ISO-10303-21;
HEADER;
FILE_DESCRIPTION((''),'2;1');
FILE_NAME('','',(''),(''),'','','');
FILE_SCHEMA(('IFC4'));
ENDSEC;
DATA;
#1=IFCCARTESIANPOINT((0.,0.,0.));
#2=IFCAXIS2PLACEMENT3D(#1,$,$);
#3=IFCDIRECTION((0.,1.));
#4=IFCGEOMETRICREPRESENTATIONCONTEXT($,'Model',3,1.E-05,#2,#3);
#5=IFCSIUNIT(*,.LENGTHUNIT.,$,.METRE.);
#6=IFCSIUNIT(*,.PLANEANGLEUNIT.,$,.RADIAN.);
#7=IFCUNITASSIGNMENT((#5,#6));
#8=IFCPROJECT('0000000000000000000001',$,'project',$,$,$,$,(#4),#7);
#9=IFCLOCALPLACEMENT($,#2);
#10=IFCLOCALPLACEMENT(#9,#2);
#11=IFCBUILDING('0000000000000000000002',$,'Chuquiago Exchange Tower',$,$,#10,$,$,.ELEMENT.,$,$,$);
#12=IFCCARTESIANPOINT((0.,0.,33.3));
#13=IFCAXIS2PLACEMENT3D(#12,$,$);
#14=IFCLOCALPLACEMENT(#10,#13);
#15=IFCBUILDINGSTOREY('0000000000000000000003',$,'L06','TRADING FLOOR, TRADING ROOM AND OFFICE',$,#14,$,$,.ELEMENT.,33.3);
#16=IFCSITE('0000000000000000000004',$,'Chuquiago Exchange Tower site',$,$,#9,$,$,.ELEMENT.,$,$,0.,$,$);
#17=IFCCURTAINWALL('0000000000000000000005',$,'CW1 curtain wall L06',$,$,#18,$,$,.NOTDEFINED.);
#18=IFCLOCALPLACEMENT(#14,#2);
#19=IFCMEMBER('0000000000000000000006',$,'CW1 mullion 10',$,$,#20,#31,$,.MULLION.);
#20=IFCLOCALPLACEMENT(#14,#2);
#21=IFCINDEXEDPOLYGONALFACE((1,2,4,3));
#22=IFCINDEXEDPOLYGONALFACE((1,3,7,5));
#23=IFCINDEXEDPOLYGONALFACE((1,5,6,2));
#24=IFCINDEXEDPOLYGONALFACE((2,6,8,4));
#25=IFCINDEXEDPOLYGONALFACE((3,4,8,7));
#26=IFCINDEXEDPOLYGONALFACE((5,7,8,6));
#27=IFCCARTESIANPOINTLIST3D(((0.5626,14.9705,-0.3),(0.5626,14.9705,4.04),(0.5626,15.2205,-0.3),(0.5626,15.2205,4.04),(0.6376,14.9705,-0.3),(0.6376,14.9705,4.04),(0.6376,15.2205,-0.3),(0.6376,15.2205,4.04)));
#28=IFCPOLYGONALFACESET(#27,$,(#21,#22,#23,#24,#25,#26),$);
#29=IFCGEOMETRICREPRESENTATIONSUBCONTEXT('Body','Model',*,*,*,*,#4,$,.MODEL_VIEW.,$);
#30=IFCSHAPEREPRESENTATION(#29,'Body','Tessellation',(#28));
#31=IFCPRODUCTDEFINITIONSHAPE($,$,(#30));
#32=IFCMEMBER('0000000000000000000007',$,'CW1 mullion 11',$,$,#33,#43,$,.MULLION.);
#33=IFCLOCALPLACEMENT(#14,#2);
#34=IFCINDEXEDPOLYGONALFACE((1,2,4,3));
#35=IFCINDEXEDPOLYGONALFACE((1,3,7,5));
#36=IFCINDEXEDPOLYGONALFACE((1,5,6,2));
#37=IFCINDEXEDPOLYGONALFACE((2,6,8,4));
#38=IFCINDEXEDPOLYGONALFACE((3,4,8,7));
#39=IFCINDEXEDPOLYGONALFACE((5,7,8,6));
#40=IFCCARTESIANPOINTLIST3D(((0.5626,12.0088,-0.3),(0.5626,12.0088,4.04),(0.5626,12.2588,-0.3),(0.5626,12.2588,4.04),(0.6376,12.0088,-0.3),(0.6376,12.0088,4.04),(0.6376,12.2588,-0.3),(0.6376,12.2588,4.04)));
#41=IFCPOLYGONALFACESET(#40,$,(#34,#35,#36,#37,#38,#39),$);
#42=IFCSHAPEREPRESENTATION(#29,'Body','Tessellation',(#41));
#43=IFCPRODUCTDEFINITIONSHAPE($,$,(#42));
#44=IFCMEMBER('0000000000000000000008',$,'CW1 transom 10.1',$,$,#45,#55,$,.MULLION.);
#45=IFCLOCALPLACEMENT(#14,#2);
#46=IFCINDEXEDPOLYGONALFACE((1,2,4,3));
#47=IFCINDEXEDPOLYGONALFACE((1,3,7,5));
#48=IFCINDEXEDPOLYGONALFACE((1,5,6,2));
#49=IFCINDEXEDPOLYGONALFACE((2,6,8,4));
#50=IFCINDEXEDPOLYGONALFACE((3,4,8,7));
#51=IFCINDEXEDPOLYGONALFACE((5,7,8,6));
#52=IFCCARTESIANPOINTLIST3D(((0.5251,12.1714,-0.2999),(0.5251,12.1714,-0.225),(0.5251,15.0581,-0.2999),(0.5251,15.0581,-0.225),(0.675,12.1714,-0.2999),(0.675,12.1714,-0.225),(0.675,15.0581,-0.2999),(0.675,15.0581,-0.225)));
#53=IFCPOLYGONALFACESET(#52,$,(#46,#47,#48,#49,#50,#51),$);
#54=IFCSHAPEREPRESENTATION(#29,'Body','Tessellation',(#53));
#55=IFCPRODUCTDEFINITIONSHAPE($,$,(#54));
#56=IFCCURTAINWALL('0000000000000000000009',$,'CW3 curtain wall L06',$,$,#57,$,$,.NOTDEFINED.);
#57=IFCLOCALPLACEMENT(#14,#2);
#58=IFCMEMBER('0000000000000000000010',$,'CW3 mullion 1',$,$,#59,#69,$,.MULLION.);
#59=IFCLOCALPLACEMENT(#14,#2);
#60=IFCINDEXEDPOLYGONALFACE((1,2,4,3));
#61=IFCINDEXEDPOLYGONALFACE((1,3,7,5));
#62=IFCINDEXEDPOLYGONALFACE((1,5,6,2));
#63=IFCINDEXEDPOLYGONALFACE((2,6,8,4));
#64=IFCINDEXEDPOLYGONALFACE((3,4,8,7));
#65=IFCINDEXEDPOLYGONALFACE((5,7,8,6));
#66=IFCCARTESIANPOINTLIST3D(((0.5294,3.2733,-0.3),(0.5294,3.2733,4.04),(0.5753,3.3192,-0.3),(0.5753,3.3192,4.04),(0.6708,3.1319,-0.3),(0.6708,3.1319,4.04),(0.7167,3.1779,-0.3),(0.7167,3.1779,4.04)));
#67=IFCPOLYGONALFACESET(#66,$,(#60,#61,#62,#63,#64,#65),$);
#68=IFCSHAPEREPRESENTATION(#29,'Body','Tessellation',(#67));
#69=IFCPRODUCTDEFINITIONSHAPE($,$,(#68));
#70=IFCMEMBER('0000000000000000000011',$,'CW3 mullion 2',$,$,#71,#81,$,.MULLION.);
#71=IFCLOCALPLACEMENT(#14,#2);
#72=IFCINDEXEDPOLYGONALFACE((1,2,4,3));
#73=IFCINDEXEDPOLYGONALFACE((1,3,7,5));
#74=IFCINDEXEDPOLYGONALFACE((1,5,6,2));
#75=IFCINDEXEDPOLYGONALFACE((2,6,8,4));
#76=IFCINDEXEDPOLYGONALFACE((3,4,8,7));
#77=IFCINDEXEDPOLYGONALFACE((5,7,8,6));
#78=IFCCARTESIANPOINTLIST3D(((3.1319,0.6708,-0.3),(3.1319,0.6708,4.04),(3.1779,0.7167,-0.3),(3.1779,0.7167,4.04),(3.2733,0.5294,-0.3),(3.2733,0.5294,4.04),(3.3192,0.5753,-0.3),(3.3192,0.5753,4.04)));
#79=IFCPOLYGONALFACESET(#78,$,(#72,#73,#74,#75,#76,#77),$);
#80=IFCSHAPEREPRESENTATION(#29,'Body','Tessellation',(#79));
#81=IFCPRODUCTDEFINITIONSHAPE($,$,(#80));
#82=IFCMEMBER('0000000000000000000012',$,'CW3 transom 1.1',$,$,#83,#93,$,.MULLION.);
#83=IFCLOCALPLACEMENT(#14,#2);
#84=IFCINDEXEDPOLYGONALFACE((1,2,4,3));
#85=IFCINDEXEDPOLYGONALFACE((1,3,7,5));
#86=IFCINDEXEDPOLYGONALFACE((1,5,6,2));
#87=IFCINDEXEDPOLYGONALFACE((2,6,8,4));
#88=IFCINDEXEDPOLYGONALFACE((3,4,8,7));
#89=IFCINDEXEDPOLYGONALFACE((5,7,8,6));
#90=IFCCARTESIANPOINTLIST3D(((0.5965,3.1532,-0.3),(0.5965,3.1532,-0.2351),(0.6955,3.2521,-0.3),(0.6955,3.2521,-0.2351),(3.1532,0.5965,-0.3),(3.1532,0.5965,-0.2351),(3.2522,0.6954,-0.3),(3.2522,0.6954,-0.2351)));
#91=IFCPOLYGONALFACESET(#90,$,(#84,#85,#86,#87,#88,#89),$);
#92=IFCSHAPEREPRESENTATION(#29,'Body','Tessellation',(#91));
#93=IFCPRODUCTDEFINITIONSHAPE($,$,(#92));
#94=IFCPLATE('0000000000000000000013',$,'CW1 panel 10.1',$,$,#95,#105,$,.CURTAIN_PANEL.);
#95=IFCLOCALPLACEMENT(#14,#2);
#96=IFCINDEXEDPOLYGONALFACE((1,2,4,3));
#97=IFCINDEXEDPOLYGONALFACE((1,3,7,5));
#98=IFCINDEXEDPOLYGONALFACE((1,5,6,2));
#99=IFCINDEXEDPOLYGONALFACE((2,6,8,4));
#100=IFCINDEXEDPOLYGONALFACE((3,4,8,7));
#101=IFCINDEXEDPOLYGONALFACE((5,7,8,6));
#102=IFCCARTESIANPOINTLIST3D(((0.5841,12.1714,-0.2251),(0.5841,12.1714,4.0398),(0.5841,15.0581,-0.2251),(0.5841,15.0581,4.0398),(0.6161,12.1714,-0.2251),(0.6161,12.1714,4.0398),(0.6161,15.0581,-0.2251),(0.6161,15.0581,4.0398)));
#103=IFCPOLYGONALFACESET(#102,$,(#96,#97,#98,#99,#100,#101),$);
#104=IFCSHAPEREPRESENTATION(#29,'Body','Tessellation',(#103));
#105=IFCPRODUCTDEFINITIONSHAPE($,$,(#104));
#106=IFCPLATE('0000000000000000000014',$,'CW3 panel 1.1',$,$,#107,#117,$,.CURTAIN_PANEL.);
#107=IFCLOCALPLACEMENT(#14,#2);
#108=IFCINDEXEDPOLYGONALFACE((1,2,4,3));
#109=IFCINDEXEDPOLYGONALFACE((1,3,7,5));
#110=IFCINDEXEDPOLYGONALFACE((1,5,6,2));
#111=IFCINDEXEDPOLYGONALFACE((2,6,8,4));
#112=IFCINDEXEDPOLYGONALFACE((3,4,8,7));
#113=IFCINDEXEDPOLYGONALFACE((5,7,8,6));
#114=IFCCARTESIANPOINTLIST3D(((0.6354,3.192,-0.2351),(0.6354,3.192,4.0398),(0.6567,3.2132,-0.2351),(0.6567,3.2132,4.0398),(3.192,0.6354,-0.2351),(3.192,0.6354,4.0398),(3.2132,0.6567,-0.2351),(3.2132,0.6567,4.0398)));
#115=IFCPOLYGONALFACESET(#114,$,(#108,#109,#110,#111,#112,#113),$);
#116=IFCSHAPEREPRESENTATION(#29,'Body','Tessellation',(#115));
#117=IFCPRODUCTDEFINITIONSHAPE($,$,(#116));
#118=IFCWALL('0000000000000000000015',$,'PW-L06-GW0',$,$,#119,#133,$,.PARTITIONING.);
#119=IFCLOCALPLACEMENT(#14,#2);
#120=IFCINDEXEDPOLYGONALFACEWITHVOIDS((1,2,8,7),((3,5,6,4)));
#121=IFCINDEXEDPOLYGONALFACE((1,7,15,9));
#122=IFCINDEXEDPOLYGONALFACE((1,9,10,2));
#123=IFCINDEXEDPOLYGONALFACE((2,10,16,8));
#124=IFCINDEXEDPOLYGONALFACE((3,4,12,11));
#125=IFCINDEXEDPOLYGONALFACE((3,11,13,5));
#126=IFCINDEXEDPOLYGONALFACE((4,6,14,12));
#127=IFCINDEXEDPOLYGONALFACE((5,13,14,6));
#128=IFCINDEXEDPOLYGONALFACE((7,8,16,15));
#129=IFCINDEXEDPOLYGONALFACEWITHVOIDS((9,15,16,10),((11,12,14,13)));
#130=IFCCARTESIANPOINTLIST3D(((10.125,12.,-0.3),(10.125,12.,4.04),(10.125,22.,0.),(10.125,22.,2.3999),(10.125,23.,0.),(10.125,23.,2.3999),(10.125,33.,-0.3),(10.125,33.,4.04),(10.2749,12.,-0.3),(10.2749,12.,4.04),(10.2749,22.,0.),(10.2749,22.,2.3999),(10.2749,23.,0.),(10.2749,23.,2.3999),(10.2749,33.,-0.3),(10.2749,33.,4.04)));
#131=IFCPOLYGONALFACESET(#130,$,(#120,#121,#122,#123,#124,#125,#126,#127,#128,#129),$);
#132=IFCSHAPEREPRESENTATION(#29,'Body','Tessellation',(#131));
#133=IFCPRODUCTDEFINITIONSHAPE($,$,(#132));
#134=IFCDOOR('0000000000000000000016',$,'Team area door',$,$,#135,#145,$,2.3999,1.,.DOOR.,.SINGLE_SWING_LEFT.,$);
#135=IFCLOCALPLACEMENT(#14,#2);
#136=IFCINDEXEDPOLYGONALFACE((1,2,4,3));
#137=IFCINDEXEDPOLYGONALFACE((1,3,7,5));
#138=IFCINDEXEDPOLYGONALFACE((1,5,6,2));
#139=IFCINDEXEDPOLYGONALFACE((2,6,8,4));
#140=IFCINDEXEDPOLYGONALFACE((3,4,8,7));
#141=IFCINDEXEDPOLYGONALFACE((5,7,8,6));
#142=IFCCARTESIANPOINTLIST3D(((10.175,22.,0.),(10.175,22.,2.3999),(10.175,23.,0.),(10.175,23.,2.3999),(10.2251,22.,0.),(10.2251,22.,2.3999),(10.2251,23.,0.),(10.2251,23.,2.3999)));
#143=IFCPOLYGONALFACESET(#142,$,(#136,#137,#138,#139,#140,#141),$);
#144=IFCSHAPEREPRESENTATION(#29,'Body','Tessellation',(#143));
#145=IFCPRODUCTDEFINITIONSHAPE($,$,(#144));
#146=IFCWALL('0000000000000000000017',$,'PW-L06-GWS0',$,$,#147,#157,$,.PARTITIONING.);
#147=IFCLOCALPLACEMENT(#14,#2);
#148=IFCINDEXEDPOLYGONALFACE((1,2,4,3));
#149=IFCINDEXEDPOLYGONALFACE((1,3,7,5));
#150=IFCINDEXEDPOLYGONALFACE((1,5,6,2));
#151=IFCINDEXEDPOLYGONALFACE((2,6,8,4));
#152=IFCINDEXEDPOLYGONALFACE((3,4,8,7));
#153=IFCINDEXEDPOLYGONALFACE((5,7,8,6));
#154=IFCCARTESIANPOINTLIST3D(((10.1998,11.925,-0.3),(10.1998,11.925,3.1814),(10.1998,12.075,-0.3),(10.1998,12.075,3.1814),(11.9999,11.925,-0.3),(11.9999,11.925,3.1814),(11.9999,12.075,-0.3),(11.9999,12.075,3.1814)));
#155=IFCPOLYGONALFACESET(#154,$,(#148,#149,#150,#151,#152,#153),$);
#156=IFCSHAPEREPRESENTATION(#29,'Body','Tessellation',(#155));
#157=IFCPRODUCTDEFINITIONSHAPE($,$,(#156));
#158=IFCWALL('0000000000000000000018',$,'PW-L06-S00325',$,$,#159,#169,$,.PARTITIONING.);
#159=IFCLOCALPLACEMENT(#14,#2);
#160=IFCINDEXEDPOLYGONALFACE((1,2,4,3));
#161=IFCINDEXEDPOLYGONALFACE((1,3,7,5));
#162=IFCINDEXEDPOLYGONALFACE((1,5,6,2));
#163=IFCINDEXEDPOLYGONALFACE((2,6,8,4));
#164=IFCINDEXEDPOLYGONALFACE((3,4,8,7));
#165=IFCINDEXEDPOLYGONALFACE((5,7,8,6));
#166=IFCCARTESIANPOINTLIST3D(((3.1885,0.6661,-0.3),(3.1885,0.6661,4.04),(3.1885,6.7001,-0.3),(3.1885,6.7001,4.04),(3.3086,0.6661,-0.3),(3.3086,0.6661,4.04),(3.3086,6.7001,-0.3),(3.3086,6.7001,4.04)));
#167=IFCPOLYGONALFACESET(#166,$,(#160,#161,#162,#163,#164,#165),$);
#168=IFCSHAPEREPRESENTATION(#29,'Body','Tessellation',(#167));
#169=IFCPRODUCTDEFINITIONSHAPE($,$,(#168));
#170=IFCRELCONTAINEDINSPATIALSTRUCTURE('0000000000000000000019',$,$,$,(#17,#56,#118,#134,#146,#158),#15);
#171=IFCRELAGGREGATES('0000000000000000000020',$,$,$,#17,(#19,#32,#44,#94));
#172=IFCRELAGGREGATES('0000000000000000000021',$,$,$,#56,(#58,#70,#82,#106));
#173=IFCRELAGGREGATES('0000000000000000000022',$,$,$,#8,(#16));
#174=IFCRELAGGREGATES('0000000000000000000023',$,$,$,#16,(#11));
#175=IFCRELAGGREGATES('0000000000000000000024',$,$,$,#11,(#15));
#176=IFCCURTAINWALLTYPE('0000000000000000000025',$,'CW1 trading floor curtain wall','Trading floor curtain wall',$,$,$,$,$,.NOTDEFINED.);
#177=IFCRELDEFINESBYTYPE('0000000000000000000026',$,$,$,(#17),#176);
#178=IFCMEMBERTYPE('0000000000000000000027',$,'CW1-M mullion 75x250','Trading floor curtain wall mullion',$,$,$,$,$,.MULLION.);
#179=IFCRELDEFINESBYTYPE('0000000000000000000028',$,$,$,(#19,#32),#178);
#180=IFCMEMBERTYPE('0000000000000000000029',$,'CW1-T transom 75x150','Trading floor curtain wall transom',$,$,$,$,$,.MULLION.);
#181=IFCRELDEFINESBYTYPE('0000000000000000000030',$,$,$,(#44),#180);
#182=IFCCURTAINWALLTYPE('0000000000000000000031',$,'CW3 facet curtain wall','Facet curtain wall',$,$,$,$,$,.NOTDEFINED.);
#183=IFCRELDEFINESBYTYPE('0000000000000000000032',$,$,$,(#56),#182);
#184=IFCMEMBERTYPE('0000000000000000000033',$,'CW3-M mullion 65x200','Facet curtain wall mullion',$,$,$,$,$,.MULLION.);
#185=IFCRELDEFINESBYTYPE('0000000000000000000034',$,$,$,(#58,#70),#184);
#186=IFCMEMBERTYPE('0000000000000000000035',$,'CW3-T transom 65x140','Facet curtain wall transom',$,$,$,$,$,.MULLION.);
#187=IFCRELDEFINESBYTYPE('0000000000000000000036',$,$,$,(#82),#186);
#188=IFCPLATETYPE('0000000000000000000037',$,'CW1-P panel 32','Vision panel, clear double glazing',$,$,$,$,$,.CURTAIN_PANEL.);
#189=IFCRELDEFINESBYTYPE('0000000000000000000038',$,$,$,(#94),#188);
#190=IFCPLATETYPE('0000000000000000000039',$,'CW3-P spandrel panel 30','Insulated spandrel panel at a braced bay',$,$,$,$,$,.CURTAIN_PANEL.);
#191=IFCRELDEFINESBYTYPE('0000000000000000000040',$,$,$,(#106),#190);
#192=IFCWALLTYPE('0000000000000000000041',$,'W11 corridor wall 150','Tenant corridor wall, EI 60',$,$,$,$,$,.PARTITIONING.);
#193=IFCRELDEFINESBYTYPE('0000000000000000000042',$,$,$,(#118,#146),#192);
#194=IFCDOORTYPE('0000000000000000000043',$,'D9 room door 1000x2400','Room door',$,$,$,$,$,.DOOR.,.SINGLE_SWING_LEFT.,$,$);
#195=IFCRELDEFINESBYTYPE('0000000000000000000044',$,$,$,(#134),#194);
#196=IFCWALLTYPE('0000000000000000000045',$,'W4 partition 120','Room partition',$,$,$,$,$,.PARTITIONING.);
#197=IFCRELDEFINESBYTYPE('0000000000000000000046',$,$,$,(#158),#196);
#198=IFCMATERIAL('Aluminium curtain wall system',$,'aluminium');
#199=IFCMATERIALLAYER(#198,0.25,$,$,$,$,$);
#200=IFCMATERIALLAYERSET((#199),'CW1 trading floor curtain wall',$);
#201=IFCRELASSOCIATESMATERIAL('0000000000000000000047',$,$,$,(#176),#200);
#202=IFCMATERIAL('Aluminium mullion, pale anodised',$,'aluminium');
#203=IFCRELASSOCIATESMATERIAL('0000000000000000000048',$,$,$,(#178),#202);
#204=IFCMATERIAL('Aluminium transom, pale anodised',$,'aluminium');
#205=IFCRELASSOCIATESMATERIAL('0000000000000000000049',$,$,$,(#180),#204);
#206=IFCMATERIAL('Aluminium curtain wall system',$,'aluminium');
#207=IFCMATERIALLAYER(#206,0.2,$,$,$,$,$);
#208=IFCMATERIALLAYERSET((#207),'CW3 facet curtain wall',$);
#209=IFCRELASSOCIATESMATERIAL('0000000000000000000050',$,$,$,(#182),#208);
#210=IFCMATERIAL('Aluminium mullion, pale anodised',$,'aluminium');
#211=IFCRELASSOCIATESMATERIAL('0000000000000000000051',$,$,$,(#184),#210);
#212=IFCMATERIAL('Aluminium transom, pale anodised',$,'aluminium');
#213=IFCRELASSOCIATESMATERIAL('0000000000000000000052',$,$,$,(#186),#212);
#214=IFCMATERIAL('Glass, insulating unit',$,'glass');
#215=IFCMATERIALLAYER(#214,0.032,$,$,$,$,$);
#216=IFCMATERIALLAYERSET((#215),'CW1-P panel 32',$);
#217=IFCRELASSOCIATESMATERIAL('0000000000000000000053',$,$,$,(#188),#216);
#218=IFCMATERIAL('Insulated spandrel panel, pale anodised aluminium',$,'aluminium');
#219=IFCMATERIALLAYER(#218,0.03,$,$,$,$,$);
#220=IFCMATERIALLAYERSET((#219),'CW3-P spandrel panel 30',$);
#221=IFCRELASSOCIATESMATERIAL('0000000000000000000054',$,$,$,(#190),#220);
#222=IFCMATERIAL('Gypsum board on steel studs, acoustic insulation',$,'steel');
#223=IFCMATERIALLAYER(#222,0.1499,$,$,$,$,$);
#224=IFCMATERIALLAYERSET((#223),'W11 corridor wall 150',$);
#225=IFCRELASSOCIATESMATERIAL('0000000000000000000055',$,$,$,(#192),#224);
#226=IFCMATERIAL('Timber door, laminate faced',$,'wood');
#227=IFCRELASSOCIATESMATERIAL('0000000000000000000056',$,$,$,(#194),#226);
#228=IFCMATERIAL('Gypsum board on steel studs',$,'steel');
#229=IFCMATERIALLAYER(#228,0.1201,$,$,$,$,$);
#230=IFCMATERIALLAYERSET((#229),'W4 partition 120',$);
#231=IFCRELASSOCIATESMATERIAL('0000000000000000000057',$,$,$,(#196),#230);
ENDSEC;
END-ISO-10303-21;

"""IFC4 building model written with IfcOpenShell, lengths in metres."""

from ifc_helpers import new_model, si_unit, direction, frame, frame_2d, origin, origin_2d, place, context, subcontext, project, spatial, rectangle, extrude, material, layer, layer_set, material_profile, profile_set, type_object, element, fill, aggregate, save


model = new_model("IFC4")

# Units and contexts
model_context = context("Model", 3, precision=1e-05, world=origin(), true_north=direction((0.0, 1.0)))
body_context = subcontext(model_context, "Body", "Model", "MODEL_VIEW")
ifc_project = project(units=[si_unit("LENGTHUNIT", "METRE"), si_unit("PLANEANGLEUNIT", "RADIAN")], contexts=[model_context])

# Site, building, storey
site_placement = place(None, origin())
site = spatial("IfcSite", under=ifc_project, at=site_placement, Name="Chuquiago Exchange Tower site", CompositionType="ELEMENT", RefElevation=0.0)
building_placement = place(site_placement, origin())
building = spatial("IfcBuilding", under=site, at=building_placement, Name="Chuquiago Exchange Tower", CompositionType="ELEMENT")
storey_placement = place(building_placement, frame((0.0, 0.0, 33.3)))
storey = spatial("IfcBuildingStorey", under=building, at=storey_placement, Name="L06", Description="TRADING FLOOR, TRADING ROOM AND OFFICE", CompositionType="ELEMENT", Elevation=33.3)

# Curtain walls, members
ifc_material_1 = material(Name="Aluminium curtain wall system", Category="aluminium")
ifc_layer_1 = layer(ifc_material_1, 0.25)
ifc_layer_set_1 = layer_set([ifc_layer_1], Name="CW1 trading floor curtain wall")
curtain_wall_type_1 = type_object("IfcCurtainWallType", Name="CW1 trading floor curtain wall", Description="Trading floor curtain wall", PredefinedType="NOTDEFINED", material=ifc_layer_set_1)
curtain_wall_1_placement = place(storey_placement, origin())
curtain_wall_1 = element("IfcCurtainWall", 1, at=curtain_wall_1_placement, inside=storey, type_object=curtain_wall_type_1, Name="CW1 curtain wall L06", PredefinedType="NOTDEFINED")
ifc_material_2 = material(Name="Aluminium mullion, pale anodised", Category="aluminium")
ifc_material_profile_1 = material_profile(ifc_material_2, rectangle(XDim=0.075, YDim=0.25, at=origin_2d()), Name="AL 75x250")
ifc_profile_set_1 = profile_set([ifc_material_profile_1], Name="Aluminium mullion, pale anodised")
member_type_1 = type_object("IfcMemberType", Name="CW1-M mullion 75x250", Description="Trading floor curtain wall mullion", PredefinedType="MULLION", material=ifc_profile_set_1)
member_1_placement = place(storey_placement, frame((0.6001, 15.0955, -0.3), z_axis=(0.0, 0.0, 1.0), x_axis=(1.0, 0.0, 0.0)))
member_1 = element("IfcMember", 2, at=member_1_placement, type_object=member_type_1, Name="CW1 mullion 10", PredefinedType="MULLION", context=body_context, shape_type="SweptSolid", body=[
    extrude(rectangle(XDim=0.075, YDim=0.25, at=origin_2d()), origin(), (0.0, 0.0, 1.0), 4.3401),
])
member_2_placement = place(storey_placement, frame((0.6001, 12.1338, -0.3), z_axis=(0.0, 0.0, 1.0), x_axis=(1.0, 0.0, 0.0)))
member_2 = element("IfcMember", 3, at=member_2_placement, type_object=member_type_1, Name="CW1 mullion 11", PredefinedType="MULLION", context=body_context, shape_type="SweptSolid", body=[
    extrude(rectangle(XDim=0.075, YDim=0.25, at=origin_2d()), origin(), (0.0, 0.0, 1.0), 4.3401),
])
ifc_material_3 = material(Name="Aluminium transom, pale anodised", Category="aluminium")
ifc_material_profile_2 = material_profile(ifc_material_3, rectangle(XDim=0.1499, YDim=0.075, at=origin_2d()), Name="AL 150x75")
ifc_profile_set_2 = profile_set([ifc_material_profile_2], Name="Aluminium transom, pale anodised")
member_type_2 = type_object("IfcMemberType", Name="CW1-T transom 75x150", Description="Trading floor curtain wall transom", PredefinedType="MULLION", material=ifc_profile_set_2)
member_3_placement = place(storey_placement, frame((0.6001, 15.0581, -0.2625), z_axis=(0.0, -1.0, 0.0), x_axis=(1.0, 0.0, 0.0)))
member_3 = element("IfcMember", 4, at=member_3_placement, type_object=member_type_2, Name="CW1 transom 10.1", PredefinedType="MULLION", context=body_context, shape_type="SweptSolid", body=[
    extrude(rectangle(XDim=0.1499, YDim=0.075, at=origin_2d()), origin(), (0.0, 0.0, 1.0), 2.8867),
])
ifc_material_4 = material(Name="Aluminium curtain wall system", Category="aluminium")
ifc_layer_2 = layer(ifc_material_4, 0.2)
ifc_layer_set_2 = layer_set([ifc_layer_2], Name="CW3 facet curtain wall")
curtain_wall_type_2 = type_object("IfcCurtainWallType", Name="CW3 facet curtain wall", Description="Facet curtain wall", PredefinedType="NOTDEFINED", material=ifc_layer_set_2)
curtain_wall_2_placement = place(storey_placement, origin())
curtain_wall_2 = element("IfcCurtainWall", 5, at=curtain_wall_2_placement, inside=storey, type_object=curtain_wall_type_2, Name="CW3 curtain wall L06", PredefinedType="NOTDEFINED")
ifc_material_5 = material(Name="Aluminium mullion, pale anodised", Category="aluminium")
ifc_material_profile_3 = material_profile(ifc_material_5, rectangle(XDim=0.0649, YDim=0.2, at=origin_2d()), Name="AL 65x200")
ifc_profile_set_3 = profile_set([ifc_material_profile_3], Name="Aluminium mullion, pale anodised")
member_type_3 = type_object("IfcMemberType", Name="CW3-M mullion 65x200", Description="Facet curtain wall mullion", PredefinedType="MULLION", material=ifc_profile_set_3)
member_4_placement = place(storey_placement, frame((0.623, 3.2256, -0.3), z_axis=(0.0, 0.0, 1.0), x_axis=(0.707107, 0.707107, 0.0)))
member_4 = element("IfcMember", 6, at=member_4_placement, type_object=member_type_3, Name="CW3 mullion 1", PredefinedType="MULLION", context=body_context, shape_type="SweptSolid", body=[
    extrude(rectangle(XDim=0.0649, YDim=0.2, at=origin_2d()), origin(), (0.0, 0.0, 1.0), 4.3401),
])
member_5_placement = place(storey_placement, frame((3.2256, 0.623, -0.3), z_axis=(0.0, 0.0, 1.0), x_axis=(0.707107, 0.707107, 0.0)))
member_5 = element("IfcMember", 7, at=member_5_placement, type_object=member_type_3, Name="CW3 mullion 2", PredefinedType="MULLION", context=body_context, shape_type="SweptSolid", body=[
    extrude(rectangle(XDim=0.0649, YDim=0.2, at=origin_2d()), origin(), (0.0, 0.0, 1.0), 4.3401),
])
ifc_material_6 = material(Name="Aluminium transom, pale anodised", Category="aluminium")
ifc_material_profile_4 = material_profile(ifc_material_6, rectangle(XDim=0.1399, YDim=0.0649, at=origin_2d()), Name="AL 140x65")
ifc_profile_set_4 = profile_set([ifc_material_profile_4], Name="Aluminium transom, pale anodised")
member_type_4 = type_object("IfcMemberType", Name="CW3-T transom 65x140", Description="Facet curtain wall transom", PredefinedType="MULLION", material=ifc_profile_set_4)
member_6_placement = place(storey_placement, frame((0.646, 3.2026, -0.2676), z_axis=(0.707107, -0.707107, 0.0), x_axis=(0.707107, 0.707107, 0.0)))
member_6 = element("IfcMember", 8, at=member_6_placement, type_object=member_type_4, Name="CW3 transom 1.1", PredefinedType="MULLION", context=body_context, shape_type="SweptSolid", body=[
    extrude(rectangle(XDim=0.1399, YDim=0.0649, at=origin_2d()), origin(), (0.0, 0.0, 1.0), 3.6157),
])

# Plates
ifc_material_7 = material(Name="Glass, insulating unit", Category="glass")
ifc_layer_3 = layer(ifc_material_7, 0.032)
ifc_layer_set_3 = layer_set([ifc_layer_3], Name="CW1-P panel 32")
plate_type_1 = type_object("IfcPlateType", Name="CW1-P panel 32", Description="Vision panel, clear double glazing", PredefinedType="CURTAIN_PANEL", material=ifc_layer_set_3)
plate_1_placement = place(storey_placement, frame((0.6001, 13.6147, -0.2251), z_axis=(0.0, 0.0, 1.0), x_axis=(0.0, -1.0, 0.0)))
plate_1 = element("IfcPlate", 9, at=plate_1_placement, type_object=plate_type_1, Name="CW1 panel 10.1", PredefinedType="CURTAIN_PANEL", context=body_context, shape_type="SweptSolid", body=[
    extrude(rectangle(XDim=2.8867, YDim=0.032, at=origin_2d()), origin(), (0.0, 0.0, 1.0), 4.2649),
])
aggregate(curtain_wall_1, [member_1, member_2, member_3, plate_1])
ifc_material_8 = material(Name="Insulated spandrel panel, pale anodised aluminium", Category="aluminium")
ifc_layer_4 = layer(ifc_material_8, 0.03)
ifc_layer_set_4 = layer_set([ifc_layer_4], Name="CW3-P spandrel panel 30")
plate_type_2 = type_object("IfcPlateType", Name="CW3-P spandrel panel 30", Description="Insulated spandrel panel at a braced bay", PredefinedType="CURTAIN_PANEL", material=ifc_layer_set_4)
plate_2_placement = place(storey_placement, frame((1.9243, 1.9243, -0.2351), z_axis=(0.0, 0.0, 1.0), x_axis=(0.707107, -0.707107, 0.0)))
plate_2 = element("IfcPlate", 10, at=plate_2_placement, type_object=plate_type_2, Name="CW3 panel 1.1", PredefinedType="CURTAIN_PANEL", context=body_context, shape_type="SweptSolid", body=[
    extrude(rectangle(XDim=3.6155, YDim=0.03, at=origin_2d()), origin(), (0.0, 0.0, 1.0), 4.2749),
])
aggregate(curtain_wall_2, [member_4, member_5, member_6, plate_2])

# Wall, opening, door
ifc_material_9 = material(Name="Gypsum board on steel studs, acoustic insulation", Category="steel")
ifc_layer_5 = layer(ifc_material_9, 0.1499)
ifc_layer_set_5 = layer_set([ifc_layer_5], Name="W11 corridor wall 150")
wall_type_1 = type_object("IfcWallType", Name="W11 corridor wall 150", Description="Tenant corridor wall, EI 60", PredefinedType="PARTITIONING", material=ifc_layer_set_5)
wall_1_placement = place(storey_placement, frame((10.2, 12.0, -0.3), z_axis=(0.0, 0.0, 1.0), x_axis=(0.0, 1.0, 0.0)))
wall_1 = element("IfcWall", 11, at=wall_1_placement, inside=storey, type_object=wall_type_1, Name="PW-L06-GW0", PredefinedType="PARTITIONING", context=body_context, shape_type="SweptSolid", body=[
    extrude(rectangle(XDim=21.0, YDim=0.1499, at=frame_2d((10.5, 0.0))), origin(), (0.0, 0.0, 1.0), 4.3401),
])
opening_1_placement = place(wall_1_placement, frame((10.0, 0.0, 0.3)))
opening_1 = element("IfcOpeningElement", 12, at=opening_1_placement, cuts=wall_1, PredefinedType="OPENING", context=body_context, shape_type="SweptSolid", body=[
    extrude(rectangle(XDim=1.0, YDim=2.3999, at=frame_2d((0.5, 1.2))), frame((0.0, 0.085, 0.0), z_axis=(0.0, -1.0, 0.0), x_axis=(1.0, 0.0, 0.0)), (0.0, 0.0, 1.0), 0.1699),
])
ifc_material_10 = material(Name="Timber door, laminate faced", Category="wood")
door_type = type_object("IfcDoorType", Name="D9 room door 1000x2400", Description="Room door", OperationType="SINGLE_SWING_LEFT", PredefinedType="DOOR", material=ifc_material_10)
door_1_placement = place(opening_1_placement, origin())
door_1 = element("IfcDoor", 13, at=door_1_placement, inside=storey, type_object=door_type, Name="Team area door", OperationType="SINGLE_SWING_LEFT", OverallHeight=2.3999, OverallWidth=1.0, PredefinedType="DOOR", context=body_context, shape_type="SweptSolid", body=[
    extrude(rectangle(XDim=1.0, YDim=2.3999, at=frame_2d((0.5, 1.2))), frame((0.0, 0.0249, 0.0), z_axis=(0.0, -1.0, 0.0), x_axis=(1.0, 0.0, 0.0)), (0.0, 0.0, 1.0), 0.05),
])
fill(opening_1, door_1)

# Walls
wall_2_placement = place(storey_placement, frame((10.2, 12.0, -0.3), z_axis=(0.0, 0.0, 1.0), x_axis=(1.0, 0.0, 0.0)))
element("IfcWall", 14, at=wall_2_placement, inside=storey, type_object=wall_type_1, Name="PW-L06-GWS0", PredefinedType="PARTITIONING", context=body_context, shape_type="SweptSolid", body=[
    extrude(rectangle(XDim=1.8, YDim=0.1499, at=frame_2d((0.8999, 0.0))), origin(), (0.0, 0.0, 1.0), 3.4814),
])
ifc_material_11 = material(Name="Gypsum board on steel studs", Category="steel")
ifc_layer_6 = layer(ifc_material_11, 0.1201)
ifc_layer_set_6 = layer_set([ifc_layer_6], Name="W4 partition 120")
wall_type_2 = type_object("IfcWallType", Name="W4 partition 120", Description="Room partition", PredefinedType="PARTITIONING", material=ifc_layer_set_6)
wall_3_placement = place(storey_placement, frame((3.2485, 0.666, -0.3), z_axis=(0.0, 0.0, 1.0), x_axis=(0.0, 1.0, 0.0)))
element("IfcWall", 15, at=wall_3_placement, inside=storey, type_object=wall_type_2, Name="PW-L06-S00325", PredefinedType="PARTITIONING", context=body_context, shape_type="SweptSolid", body=[
    extrude(rectangle(XDim=6.0339, YDim=0.1201, at=frame_2d((3.0171, 0.0))), origin(), (0.0, 0.0, 1.0), 4.3401),
])

save(model, "model.ifc")
